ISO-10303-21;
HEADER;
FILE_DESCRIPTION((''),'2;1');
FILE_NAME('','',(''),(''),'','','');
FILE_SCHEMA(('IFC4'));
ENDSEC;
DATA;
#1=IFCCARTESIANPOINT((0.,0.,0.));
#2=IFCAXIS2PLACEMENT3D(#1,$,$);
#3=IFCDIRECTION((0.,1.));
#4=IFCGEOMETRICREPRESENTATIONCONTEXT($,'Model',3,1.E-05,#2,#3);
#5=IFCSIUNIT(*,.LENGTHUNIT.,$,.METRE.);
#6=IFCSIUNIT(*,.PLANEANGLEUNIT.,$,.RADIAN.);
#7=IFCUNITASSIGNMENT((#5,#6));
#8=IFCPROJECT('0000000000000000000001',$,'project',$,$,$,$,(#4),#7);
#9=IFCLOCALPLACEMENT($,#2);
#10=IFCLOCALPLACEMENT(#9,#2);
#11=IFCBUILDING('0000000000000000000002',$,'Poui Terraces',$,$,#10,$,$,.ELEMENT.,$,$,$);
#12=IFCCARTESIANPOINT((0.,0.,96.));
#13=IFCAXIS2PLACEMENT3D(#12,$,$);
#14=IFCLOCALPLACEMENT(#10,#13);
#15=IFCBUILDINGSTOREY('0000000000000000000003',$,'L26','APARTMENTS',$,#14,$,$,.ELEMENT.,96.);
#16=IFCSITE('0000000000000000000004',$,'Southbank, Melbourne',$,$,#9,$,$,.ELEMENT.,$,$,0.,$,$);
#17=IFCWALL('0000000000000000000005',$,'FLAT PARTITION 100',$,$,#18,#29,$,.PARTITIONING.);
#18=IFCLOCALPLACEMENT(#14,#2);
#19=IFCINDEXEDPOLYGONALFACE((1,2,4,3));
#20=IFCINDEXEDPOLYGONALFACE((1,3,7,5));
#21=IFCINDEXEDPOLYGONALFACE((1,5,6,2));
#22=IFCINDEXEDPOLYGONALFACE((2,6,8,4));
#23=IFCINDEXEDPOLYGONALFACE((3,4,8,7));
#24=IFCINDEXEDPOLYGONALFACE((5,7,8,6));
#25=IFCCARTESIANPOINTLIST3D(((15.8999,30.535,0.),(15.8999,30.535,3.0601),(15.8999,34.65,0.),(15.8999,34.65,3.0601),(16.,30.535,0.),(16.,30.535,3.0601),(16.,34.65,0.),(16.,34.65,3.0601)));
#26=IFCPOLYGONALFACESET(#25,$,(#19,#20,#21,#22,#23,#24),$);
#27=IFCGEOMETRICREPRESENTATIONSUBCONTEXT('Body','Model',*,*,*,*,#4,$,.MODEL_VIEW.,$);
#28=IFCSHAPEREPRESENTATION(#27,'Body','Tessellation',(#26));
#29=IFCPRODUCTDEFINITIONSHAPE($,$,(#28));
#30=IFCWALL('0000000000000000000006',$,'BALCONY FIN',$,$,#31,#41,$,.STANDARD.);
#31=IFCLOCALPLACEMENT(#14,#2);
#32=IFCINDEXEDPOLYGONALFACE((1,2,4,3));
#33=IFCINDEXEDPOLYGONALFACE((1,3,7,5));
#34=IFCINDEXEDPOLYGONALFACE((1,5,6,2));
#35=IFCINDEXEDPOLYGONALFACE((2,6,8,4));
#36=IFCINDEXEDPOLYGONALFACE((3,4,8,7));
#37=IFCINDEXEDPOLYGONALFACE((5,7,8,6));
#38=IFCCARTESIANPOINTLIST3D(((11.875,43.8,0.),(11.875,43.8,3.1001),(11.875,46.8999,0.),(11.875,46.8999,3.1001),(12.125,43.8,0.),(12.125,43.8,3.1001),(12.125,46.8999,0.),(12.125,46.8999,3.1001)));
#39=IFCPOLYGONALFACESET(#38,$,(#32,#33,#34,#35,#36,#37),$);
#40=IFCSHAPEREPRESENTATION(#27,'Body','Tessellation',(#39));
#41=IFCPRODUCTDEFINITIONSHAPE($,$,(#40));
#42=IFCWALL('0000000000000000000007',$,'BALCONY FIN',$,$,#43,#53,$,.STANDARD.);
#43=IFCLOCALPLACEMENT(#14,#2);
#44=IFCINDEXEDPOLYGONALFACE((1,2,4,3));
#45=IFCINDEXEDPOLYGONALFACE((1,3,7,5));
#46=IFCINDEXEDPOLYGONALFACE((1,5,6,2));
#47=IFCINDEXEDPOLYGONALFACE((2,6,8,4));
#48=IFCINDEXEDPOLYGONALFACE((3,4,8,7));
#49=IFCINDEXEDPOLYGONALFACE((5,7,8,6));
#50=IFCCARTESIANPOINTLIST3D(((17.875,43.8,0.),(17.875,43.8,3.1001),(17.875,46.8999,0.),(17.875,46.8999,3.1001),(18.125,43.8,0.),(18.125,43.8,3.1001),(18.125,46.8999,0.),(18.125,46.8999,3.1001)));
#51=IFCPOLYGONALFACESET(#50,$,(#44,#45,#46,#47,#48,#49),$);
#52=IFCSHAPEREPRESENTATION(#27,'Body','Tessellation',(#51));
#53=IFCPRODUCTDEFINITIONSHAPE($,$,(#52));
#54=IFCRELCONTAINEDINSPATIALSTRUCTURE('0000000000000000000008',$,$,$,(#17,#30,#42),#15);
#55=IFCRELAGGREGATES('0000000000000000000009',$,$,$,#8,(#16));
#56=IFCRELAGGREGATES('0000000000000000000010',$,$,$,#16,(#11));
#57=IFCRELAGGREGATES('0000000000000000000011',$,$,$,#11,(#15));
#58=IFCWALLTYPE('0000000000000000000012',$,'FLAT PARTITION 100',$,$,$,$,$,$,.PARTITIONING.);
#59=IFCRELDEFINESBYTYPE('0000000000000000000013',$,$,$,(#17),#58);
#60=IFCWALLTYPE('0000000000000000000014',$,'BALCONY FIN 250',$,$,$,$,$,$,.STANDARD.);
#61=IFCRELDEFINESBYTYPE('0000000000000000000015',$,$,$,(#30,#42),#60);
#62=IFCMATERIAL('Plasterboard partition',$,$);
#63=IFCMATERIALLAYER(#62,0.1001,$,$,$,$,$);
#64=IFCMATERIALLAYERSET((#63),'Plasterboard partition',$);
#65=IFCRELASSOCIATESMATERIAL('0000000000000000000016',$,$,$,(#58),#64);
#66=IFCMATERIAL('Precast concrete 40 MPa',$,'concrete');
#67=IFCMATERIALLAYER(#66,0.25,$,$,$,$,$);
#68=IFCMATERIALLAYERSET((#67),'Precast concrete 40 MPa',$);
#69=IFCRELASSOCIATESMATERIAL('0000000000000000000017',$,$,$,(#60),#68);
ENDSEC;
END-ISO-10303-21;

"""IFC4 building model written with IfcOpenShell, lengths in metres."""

from ifc_helpers import new_model, si_unit, direction, frame, frame_2d, origin, place, context, subcontext, project, spatial, polyline, rectangle, outline, extrude, source, transform, mapped, material, layer, layer_set, type_object, element, save


model = new_model("IFC4")

# Units and contexts
model_context = context("Model", 3, precision=1e-05, world=origin(), true_north=direction((0.0, 1.0)))
body_context = subcontext(model_context, "Body", "Model", "MODEL_VIEW")
ifc_project = project(units=[si_unit("LENGTHUNIT", "METRE"), si_unit("PLANEANGLEUNIT", "RADIAN")], contexts=[model_context])

# Site, building, storey
site_placement = place(None, origin())
site = spatial("IfcSite", under=ifc_project, at=site_placement, Name="Southbank, Melbourne", CompositionType="ELEMENT", RefElevation=0.0)
building_placement = place(site_placement, origin())
building = spatial("IfcBuilding", under=site, at=building_placement, Name="Poui Terraces", CompositionType="ELEMENT")
storey_placement = place(building_placement, frame((0.0, 0.0, 96.0)))
storey = spatial("IfcBuildingStorey", under=building, at=storey_placement, Name="L26", Description="APARTMENTS", CompositionType="ELEMENT", Elevation=96.0)

# Shared definitions
ifc_material_1 = material(Name="Plasterboard partition")
ifc_layer_1 = layer(ifc_material_1, 0.1001)
ifc_layer_set_1 = layer_set([ifc_layer_1], Name="Plasterboard partition")
wall_type_1 = type_object("IfcWallType", Name="FLAT PARTITION 100", PredefinedType="PARTITIONING", material=ifc_layer_set_1)

# Walls
wall_1_placement = place(storey_placement, frame((15.95, 30.5349, 0.0), z_axis=(0.0, 0.0, 1.0), x_axis=(0.0, 1.0, 0.0)))
element("IfcWall", 1, at=wall_1_placement, inside=storey, type_object=wall_type_1, Name="FLAT PARTITION 100", PredefinedType="PARTITIONING", context=body_context, shape_type="SweptSolid", body=[
    extrude(rectangle(XDim=4.115, YDim=0.1001, at=frame_2d((2.0576, 0.0))), origin(), (0.0, 0.0, 1.0), 3.0601),
])
ifc_material_2 = material(Name="Precast concrete 40 MPa", Category="concrete")
ifc_layer_2 = layer(ifc_material_2, 0.25)
ifc_layer_set_2 = layer_set([ifc_layer_2], Name="Precast concrete 40 MPa")
wall_type_2 = type_object("IfcWallType", Name="BALCONY FIN 250", PredefinedType="STANDARD", material=ifc_layer_set_2)
shared_shape_1 = source(origin(), body_context, "Body", "SweptSolid", [
    extrude(outline(polyline([(0.0, 0.0), (0.25, 0.0), (0.25, 3.0999), (0.0, 3.0999), (0.0, 0.0)])), origin(), (0.0, 0.0, 1.0), 3.1001),
])
for number, where, name in (
    (2, (11.875, 43.8, 0.0), "BALCONY FIN"),
    (3, (17.875, 43.8, 0.0), "BALCONY FIN"),
):
    element("IfcWall", number, at=place(storey_placement, frame(where)), inside=storey, type_object=wall_type_2, Name=name, PredefinedType="STANDARD", context=body_context, shape_type="MappedRepresentation", body=[
        mapped(shared_shape_1, transform((0.0, 0.0, 0.0))),
    ])

save(model, "model.ifc")
